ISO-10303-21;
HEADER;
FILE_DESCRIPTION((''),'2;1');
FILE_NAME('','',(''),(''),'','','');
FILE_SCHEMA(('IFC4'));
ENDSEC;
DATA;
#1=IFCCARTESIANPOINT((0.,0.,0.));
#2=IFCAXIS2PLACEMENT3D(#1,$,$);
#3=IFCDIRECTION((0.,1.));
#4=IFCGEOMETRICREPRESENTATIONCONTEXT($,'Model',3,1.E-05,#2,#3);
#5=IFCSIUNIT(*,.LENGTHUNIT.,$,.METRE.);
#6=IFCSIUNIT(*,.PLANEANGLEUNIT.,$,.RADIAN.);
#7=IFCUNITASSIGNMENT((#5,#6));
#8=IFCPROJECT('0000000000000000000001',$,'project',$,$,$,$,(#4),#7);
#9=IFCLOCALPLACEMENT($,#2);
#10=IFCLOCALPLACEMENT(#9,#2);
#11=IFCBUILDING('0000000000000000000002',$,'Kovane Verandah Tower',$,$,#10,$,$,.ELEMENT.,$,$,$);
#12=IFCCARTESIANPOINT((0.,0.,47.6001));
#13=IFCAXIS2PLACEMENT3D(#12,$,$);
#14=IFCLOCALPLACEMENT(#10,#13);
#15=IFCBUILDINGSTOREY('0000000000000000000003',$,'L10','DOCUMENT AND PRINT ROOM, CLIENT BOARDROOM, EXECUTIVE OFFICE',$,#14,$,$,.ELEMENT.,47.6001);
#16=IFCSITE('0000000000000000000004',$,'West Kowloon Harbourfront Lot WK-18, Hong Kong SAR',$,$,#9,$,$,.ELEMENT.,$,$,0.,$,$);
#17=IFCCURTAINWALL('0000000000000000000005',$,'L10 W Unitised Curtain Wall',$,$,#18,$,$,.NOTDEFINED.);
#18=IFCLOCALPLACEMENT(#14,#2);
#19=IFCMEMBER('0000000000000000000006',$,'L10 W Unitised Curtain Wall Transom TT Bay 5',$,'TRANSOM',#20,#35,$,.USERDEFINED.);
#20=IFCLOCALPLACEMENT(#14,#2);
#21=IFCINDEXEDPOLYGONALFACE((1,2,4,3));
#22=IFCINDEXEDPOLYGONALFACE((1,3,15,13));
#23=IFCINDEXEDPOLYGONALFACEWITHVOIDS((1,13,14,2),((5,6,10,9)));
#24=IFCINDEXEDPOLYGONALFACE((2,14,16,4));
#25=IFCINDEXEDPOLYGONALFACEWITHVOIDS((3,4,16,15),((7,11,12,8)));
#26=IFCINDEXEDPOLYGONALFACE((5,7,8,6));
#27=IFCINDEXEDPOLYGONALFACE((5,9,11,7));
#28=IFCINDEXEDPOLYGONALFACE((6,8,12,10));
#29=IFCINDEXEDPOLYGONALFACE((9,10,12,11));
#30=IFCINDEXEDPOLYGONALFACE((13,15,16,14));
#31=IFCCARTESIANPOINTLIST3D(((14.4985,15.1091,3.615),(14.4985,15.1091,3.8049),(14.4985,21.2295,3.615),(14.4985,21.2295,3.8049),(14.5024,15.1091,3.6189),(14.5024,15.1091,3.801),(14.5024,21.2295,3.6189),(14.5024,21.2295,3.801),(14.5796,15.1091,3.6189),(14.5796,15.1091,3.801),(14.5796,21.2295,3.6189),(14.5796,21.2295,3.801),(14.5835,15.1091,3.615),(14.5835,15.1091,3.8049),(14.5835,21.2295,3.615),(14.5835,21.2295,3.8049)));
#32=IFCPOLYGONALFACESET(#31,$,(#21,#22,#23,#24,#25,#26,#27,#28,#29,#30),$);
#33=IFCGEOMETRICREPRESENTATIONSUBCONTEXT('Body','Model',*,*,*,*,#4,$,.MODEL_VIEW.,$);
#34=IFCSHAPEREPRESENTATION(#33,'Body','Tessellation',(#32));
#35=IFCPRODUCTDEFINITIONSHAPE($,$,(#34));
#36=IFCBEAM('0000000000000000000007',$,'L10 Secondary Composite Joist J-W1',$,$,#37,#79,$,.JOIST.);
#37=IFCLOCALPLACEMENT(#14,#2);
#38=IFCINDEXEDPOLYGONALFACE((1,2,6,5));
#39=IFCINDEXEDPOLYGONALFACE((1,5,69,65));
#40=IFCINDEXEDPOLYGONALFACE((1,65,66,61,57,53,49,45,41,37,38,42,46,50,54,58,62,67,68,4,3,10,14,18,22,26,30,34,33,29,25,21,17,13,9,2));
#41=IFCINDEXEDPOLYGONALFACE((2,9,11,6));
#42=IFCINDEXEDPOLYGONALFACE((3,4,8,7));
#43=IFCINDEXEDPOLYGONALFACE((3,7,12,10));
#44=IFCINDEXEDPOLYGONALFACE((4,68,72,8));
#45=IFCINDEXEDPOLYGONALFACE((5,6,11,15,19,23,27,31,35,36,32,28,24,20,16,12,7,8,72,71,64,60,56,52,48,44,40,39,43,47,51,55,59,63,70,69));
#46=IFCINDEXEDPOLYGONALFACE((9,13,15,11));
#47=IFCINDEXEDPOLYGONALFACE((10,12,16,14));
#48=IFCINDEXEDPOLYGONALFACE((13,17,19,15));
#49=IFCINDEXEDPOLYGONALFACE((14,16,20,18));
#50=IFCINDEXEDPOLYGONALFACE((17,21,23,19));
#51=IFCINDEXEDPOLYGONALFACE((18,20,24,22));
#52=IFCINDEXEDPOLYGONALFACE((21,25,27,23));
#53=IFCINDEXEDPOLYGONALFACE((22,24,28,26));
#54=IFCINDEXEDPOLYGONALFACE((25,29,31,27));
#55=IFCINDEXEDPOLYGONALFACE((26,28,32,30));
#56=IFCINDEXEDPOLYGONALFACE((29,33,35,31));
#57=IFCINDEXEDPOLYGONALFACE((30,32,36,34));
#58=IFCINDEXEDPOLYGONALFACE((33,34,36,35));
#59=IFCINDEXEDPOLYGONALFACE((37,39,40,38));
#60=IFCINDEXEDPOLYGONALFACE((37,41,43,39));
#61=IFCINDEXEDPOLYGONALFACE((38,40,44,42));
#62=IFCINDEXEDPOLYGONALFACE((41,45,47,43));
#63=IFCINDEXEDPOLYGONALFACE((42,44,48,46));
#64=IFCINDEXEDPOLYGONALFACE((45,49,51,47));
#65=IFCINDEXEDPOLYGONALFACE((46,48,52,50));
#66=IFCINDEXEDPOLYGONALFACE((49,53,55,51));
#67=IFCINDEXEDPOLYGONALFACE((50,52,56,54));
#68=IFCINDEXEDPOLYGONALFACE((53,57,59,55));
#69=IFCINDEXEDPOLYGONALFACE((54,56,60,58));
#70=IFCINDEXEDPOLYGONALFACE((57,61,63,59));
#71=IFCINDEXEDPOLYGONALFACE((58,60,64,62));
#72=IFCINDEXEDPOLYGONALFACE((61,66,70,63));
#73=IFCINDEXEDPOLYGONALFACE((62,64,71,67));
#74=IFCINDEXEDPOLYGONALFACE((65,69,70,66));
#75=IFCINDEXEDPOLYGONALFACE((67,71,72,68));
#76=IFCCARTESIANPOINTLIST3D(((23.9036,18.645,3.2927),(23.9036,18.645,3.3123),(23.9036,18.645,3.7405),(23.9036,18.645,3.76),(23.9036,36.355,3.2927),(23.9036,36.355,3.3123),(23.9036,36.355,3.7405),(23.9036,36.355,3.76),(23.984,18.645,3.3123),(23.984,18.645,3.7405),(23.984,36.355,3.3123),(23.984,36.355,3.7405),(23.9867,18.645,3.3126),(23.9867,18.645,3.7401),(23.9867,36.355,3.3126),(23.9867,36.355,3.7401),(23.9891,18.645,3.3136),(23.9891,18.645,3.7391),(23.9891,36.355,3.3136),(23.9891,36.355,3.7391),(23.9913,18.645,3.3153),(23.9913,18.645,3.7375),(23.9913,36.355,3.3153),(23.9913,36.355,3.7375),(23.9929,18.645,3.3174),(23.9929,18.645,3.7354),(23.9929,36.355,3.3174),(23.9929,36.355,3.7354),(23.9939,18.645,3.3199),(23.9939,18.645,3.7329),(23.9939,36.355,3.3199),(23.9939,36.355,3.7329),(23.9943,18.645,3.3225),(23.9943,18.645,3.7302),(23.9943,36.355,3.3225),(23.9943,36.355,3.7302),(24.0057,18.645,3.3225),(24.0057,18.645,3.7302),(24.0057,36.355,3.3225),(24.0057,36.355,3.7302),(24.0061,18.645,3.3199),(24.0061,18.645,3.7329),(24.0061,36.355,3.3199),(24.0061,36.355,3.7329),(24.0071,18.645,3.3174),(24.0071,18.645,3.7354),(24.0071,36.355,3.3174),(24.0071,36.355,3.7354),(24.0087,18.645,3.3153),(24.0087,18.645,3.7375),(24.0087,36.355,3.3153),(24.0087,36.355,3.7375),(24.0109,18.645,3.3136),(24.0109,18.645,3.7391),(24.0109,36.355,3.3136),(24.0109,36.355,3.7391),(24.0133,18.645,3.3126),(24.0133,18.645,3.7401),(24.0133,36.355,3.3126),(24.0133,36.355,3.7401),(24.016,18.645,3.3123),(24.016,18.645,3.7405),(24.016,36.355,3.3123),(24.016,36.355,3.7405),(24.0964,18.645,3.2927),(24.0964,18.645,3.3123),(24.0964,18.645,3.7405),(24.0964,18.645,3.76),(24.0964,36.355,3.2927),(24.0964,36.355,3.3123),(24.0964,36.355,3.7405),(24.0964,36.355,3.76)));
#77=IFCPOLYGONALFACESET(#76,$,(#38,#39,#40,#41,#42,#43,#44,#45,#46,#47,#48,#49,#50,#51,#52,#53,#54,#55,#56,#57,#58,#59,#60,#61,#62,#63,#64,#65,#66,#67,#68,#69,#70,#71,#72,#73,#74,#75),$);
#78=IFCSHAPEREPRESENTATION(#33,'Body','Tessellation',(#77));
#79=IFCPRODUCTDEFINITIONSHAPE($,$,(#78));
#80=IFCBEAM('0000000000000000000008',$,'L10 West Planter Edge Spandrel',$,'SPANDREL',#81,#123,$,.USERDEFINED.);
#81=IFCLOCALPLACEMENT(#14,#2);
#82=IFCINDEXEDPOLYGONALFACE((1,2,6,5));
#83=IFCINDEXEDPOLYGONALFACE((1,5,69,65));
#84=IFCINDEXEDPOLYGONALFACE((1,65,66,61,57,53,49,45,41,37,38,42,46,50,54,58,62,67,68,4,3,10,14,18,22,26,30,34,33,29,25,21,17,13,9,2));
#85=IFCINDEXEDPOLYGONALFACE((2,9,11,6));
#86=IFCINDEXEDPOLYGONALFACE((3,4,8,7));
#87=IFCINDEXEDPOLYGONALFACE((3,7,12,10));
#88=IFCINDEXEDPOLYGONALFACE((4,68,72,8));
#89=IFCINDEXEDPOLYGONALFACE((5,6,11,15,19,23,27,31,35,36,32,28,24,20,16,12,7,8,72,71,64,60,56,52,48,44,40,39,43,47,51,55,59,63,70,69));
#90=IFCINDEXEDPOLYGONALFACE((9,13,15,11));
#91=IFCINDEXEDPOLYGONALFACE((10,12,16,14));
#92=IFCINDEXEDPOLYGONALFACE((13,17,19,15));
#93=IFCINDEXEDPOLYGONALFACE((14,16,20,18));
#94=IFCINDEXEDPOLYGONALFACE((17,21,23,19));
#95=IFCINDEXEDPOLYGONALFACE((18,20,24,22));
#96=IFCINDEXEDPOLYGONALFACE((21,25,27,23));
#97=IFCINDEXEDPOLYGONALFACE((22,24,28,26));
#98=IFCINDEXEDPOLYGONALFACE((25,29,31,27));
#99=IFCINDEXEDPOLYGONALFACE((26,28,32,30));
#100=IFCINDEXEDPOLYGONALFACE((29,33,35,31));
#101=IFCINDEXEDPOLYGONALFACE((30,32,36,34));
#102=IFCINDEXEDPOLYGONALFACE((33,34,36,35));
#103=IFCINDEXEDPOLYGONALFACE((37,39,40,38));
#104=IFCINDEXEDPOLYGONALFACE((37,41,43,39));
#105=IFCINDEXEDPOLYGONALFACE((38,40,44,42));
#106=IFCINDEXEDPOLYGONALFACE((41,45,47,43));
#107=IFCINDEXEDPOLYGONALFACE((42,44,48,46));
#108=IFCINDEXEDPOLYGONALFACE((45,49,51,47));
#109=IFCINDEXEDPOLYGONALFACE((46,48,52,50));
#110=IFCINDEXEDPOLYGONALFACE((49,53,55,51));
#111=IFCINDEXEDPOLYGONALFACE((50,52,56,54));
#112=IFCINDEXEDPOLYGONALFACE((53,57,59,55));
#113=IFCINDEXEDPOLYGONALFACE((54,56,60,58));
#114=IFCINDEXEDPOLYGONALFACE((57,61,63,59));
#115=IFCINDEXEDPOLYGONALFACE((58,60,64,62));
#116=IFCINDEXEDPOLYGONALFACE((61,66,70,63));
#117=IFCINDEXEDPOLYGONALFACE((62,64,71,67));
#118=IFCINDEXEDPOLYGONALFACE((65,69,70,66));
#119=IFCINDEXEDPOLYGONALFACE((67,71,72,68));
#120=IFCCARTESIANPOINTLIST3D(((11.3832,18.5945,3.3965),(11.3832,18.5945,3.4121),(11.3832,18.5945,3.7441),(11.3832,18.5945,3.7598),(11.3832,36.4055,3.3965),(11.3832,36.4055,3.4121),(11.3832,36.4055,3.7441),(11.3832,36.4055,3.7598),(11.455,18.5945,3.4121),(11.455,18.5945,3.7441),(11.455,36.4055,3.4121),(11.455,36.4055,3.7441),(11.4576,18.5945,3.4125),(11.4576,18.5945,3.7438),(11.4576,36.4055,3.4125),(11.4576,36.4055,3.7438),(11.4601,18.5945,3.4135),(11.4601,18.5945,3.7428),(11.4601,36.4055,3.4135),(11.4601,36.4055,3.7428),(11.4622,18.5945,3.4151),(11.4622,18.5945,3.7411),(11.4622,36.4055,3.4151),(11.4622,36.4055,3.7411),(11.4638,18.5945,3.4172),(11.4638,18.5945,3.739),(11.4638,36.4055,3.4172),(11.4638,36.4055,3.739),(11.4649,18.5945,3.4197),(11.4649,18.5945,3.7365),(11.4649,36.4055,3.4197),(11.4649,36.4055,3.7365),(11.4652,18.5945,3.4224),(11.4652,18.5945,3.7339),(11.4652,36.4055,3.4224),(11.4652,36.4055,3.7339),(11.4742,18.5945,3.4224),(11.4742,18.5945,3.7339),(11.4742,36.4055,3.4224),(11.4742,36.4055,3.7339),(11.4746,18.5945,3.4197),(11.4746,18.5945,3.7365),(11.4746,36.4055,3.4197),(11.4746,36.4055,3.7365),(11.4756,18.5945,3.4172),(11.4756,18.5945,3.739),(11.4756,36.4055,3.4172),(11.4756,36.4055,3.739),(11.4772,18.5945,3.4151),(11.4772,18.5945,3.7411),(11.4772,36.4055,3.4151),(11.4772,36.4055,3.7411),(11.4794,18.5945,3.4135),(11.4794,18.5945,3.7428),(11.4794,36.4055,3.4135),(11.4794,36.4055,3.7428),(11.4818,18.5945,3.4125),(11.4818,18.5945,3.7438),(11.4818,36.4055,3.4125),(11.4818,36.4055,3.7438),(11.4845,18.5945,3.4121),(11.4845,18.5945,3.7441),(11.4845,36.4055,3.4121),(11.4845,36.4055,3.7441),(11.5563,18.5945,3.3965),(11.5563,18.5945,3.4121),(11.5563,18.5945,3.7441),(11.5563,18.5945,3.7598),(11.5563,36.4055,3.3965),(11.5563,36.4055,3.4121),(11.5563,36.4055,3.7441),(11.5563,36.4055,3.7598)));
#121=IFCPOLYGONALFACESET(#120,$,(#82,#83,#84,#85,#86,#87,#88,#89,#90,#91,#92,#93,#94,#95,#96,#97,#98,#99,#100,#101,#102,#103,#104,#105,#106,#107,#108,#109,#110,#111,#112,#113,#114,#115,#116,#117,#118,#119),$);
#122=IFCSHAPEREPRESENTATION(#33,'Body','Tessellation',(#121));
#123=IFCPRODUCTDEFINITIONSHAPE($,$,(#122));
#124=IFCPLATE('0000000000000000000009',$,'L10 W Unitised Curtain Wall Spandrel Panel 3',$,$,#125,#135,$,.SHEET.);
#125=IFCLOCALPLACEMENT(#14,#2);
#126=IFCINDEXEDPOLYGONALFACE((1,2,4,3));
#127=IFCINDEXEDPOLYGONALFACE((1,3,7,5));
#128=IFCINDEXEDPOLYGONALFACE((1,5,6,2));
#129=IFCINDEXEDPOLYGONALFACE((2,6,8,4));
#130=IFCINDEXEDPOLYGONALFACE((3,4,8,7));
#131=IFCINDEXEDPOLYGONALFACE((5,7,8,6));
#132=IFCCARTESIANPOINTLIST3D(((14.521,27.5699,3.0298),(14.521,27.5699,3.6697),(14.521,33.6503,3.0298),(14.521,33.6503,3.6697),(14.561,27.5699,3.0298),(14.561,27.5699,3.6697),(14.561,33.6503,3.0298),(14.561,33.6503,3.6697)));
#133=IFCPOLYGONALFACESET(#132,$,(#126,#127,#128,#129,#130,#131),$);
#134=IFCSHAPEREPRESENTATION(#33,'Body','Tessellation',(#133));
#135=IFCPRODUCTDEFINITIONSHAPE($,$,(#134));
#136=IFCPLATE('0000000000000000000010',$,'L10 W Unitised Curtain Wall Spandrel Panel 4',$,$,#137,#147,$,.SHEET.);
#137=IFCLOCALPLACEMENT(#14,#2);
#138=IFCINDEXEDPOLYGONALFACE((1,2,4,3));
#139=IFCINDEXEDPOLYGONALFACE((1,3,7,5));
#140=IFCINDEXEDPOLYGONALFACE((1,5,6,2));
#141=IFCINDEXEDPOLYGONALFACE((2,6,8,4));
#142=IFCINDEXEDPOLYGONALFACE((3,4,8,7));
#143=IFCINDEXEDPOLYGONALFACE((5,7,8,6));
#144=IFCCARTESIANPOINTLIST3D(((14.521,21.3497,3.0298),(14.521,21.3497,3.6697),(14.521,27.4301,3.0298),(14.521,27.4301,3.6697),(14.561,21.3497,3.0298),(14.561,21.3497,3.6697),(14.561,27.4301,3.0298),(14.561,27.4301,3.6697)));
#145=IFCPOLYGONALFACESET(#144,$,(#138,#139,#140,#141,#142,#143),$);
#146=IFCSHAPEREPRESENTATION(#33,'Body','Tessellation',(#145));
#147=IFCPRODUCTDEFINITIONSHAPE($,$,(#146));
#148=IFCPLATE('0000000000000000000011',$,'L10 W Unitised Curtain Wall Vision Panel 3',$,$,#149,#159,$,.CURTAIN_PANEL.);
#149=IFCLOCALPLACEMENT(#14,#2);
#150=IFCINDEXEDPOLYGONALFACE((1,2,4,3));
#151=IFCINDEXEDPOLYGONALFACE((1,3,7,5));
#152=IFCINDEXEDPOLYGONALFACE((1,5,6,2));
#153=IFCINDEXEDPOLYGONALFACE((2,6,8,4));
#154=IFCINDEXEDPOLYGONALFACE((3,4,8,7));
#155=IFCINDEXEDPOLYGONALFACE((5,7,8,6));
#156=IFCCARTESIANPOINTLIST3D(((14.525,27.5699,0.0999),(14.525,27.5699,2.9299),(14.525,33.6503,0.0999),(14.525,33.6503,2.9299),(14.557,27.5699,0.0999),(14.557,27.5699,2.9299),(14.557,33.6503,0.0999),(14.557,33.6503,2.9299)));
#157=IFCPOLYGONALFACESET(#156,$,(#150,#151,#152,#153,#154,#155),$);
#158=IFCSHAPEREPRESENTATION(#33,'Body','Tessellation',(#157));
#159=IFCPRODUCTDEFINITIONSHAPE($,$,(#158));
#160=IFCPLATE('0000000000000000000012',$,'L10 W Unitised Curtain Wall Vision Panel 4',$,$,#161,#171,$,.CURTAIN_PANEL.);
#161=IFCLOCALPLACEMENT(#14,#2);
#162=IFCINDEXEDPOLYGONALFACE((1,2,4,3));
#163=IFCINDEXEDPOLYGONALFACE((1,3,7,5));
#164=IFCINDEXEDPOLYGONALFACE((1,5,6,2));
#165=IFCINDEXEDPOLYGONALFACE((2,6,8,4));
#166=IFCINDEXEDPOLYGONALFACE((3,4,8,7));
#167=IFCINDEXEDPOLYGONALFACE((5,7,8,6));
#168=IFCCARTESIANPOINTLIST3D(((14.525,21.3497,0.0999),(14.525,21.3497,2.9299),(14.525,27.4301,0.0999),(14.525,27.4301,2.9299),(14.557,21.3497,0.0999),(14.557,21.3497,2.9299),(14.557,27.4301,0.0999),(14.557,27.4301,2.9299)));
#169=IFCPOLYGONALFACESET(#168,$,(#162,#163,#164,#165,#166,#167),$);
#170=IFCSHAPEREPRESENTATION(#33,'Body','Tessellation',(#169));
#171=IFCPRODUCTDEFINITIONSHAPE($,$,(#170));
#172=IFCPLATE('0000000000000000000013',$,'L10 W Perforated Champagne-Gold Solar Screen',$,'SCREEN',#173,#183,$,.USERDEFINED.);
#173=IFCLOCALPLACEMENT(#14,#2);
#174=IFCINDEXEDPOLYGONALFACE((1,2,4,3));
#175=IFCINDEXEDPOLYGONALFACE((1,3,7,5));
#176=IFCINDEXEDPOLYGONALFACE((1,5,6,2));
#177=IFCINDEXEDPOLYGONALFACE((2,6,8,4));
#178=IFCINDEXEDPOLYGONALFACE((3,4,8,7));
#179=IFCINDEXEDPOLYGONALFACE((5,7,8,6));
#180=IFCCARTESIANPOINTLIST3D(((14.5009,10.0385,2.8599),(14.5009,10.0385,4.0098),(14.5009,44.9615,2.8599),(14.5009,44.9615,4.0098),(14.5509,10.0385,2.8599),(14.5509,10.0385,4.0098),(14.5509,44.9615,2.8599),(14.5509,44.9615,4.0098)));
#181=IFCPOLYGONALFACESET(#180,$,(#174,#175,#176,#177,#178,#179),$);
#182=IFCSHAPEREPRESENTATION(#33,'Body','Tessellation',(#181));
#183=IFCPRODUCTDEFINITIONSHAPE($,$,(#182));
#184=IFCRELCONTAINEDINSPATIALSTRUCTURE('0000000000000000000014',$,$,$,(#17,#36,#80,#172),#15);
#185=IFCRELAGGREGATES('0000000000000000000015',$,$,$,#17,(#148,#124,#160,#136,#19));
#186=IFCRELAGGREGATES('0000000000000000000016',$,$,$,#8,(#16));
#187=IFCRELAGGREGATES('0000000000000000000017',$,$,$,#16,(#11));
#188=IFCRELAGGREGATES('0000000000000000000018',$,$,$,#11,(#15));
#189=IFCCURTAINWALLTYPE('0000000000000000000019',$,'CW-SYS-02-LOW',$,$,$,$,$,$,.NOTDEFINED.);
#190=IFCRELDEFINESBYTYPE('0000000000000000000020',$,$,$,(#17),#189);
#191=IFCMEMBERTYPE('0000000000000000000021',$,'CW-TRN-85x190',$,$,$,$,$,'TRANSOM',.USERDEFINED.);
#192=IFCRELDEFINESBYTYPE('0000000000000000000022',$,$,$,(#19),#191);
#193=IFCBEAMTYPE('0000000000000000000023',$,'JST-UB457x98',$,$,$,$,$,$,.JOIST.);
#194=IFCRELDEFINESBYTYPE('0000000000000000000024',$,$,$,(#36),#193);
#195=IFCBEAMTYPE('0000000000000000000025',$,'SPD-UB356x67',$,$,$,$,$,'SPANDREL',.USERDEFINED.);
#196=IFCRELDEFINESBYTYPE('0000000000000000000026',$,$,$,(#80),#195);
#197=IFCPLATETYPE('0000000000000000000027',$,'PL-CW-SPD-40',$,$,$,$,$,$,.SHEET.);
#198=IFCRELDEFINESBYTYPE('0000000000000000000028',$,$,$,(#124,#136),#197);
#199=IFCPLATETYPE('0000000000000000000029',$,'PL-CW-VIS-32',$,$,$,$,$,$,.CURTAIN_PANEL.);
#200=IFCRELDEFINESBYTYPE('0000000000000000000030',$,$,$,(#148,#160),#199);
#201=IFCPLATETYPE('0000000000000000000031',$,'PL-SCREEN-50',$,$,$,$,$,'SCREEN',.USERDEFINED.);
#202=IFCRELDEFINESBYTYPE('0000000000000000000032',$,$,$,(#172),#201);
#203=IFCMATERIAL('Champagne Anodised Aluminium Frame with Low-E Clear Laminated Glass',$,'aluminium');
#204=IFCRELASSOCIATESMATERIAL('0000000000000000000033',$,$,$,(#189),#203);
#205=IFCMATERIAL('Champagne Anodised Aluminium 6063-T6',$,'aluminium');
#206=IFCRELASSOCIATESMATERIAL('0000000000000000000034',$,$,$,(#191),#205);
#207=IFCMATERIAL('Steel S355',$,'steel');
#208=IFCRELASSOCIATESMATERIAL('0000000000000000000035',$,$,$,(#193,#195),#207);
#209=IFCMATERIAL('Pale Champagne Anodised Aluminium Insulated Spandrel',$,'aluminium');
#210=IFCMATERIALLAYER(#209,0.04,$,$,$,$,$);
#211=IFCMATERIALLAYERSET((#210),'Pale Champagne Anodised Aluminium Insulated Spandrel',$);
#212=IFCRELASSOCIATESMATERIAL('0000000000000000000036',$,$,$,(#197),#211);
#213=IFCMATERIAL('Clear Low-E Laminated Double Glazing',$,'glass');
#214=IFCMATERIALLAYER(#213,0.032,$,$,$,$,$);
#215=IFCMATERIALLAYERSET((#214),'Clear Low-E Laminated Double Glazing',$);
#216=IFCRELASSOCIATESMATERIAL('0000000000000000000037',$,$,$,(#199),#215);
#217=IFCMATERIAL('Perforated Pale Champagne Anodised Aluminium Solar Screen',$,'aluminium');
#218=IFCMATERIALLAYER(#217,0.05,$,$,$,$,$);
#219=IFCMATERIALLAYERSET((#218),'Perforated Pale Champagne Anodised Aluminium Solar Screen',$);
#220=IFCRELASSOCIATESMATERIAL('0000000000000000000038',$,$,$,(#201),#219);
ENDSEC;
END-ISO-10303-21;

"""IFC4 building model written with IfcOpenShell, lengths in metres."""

from ifc_helpers import new_model, si_unit, direction, frame, origin, origin_2d, place, context, subcontext, project, spatial, rectangle, hollow_rectangle, i_section, extrude, material, layer, layer_set, material_profile, profile_set, type_object, element, aggregate, save


model = new_model("IFC4")

# Units and contexts
model_context = context("Model", 3, precision=1e-05, world=origin(), true_north=direction((0.0, 1.0)))
body_context = subcontext(model_context, "Body", "Model", "MODEL_VIEW")
ifc_project = project(units=[si_unit("LENGTHUNIT", "METRE"), si_unit("PLANEANGLEUNIT", "RADIAN")], contexts=[model_context])

# Site, building, storey
site_placement = place(None, origin())
site = spatial("IfcSite", under=ifc_project, at=site_placement, Name="West Kowloon Harbourfront Lot WK-18, Hong Kong SAR", CompositionType="ELEMENT", RefElevation=0.0)
building_placement = place(site_placement, origin())
building = spatial("IfcBuilding", under=site, at=building_placement, Name="Kovane Verandah Tower", CompositionType="ELEMENT")
storey_placement = place(building_placement, frame((0.0, 0.0, 47.6001)))
storey = spatial("IfcBuildingStorey", under=building, at=storey_placement, Name="L10", Description="DOCUMENT AND PRINT ROOM, CLIENT BOARDROOM, EXECUTIVE OFFICE", CompositionType="ELEMENT", Elevation=47.6001)

# Shared definitions
ifc_material_1 = material(Name="Steel S355", Category="steel")

# Curtain wall, member
ifc_material_2 = material(Name="Champagne Anodised Aluminium Frame with Low-E Clear Laminated Glass", Category="aluminium")
curtain_wall_type = type_object("IfcCurtainWallType", Name="CW-SYS-02-LOW", PredefinedType="NOTDEFINED", material=ifc_material_2)
curtain_wall_placement = place(storey_placement, origin())
curtain_wall = element("IfcCurtainWall", 1, at=curtain_wall_placement, inside=storey, type_object=curtain_wall_type, Name="L10 W Unitised Curtain Wall", PredefinedType="NOTDEFINED")
ifc_material_3 = material(Name="Champagne Anodised Aluminium 6063-T6", Category="aluminium")
ifc_material_profile_1 = material_profile(ifc_material_3, hollow_rectangle(XDim=0.085, YDim=0.1899, WallThickness=0.0039, at=origin_2d()), Name="AL85x190x4")
ifc_profile_set_1 = profile_set([ifc_material_profile_1], Name="Champagne Anodised Aluminium 6063-T6")
member_type_1 = type_object("IfcMemberType", Name="CW-TRN-85x190", ElementType="TRANSOM", PredefinedType="USERDEFINED", material=ifc_profile_set_1)
member_1_placement = place(storey_placement, frame((14.541, 21.2295, 3.71), z_axis=(0.0, -1.0, 0.0), x_axis=(1.0, 0.0, 0.0)))
member_1 = element("IfcMember", 2, at=member_1_placement, type_object=member_type_1, Name="L10 W Unitised Curtain Wall Transom TT Bay 5", ObjectType="TRANSOM", PredefinedType="USERDEFINED", context=body_context, shape_type="SweptSolid", body=[
    extrude(hollow_rectangle(XDim=0.085, YDim=0.1899, WallThickness=0.0039, at=origin_2d()), origin(), (0.0, 0.0, 1.0), 6.1204),
])

# Beams
ifc_material_profile_2 = material_profile(ifc_material_1, i_section(OverallWidth=0.1929, OverallDepth=0.4673, WebThickness=0.0115, FlangeThickness=0.0195, FilletRadius=0.0103, at=origin_2d()), Name="UB457x191x98")
ifc_profile_set_2 = profile_set([ifc_material_profile_2], Name="Steel S355")
beam_type_1 = type_object("IfcBeamType", Name="JST-UB457x98", PredefinedType="JOIST", material=ifc_profile_set_2)
beam_1_placement = place(storey_placement, frame((24.0, 18.645, 3.5264), z_axis=(0.0, 1.0, 0.0), x_axis=(-1.0, 0.0, 0.0)))
element("IfcBeam", 3, at=beam_1_placement, inside=storey, type_object=beam_type_1, Name="L10 Secondary Composite Joist J-W1", PredefinedType="JOIST", context=body_context, shape_type="SweptSolid", body=[
    extrude(i_section(OverallWidth=0.1929, OverallDepth=0.4673, WebThickness=0.0115, FlangeThickness=0.0195, FilletRadius=0.0103, at=origin_2d()), origin(), (0.0, 0.0, 1.0), 17.71),
])
ifc_material_profile_3 = material_profile(ifc_material_1, i_section(OverallWidth=0.1731, OverallDepth=0.3633, WebThickness=0.009, FlangeThickness=0.0156, FilletRadius=0.0103, at=origin_2d()), Name="UB356x171x67")
ifc_profile_set_3 = profile_set([ifc_material_profile_3], Name="Steel S355")
beam_type_2 = type_object("IfcBeamType", Name="SPD-UB356x67", ElementType="SPANDREL", PredefinedType="USERDEFINED", material=ifc_profile_set_3)
beam_2_placement = place(storey_placement, frame((11.4697, 18.5945, 3.5781), z_axis=(0.0, 1.0, 0.0), x_axis=(-1.0, 0.0, 0.0)))
element("IfcBeam", 4, at=beam_2_placement, inside=storey, type_object=beam_type_2, Name="L10 West Planter Edge Spandrel", ObjectType="SPANDREL", PredefinedType="USERDEFINED", context=body_context, shape_type="SweptSolid", body=[
    extrude(i_section(OverallWidth=0.1731, OverallDepth=0.3633, WebThickness=0.009, FlangeThickness=0.0156, FilletRadius=0.0103, at=origin_2d()), origin(), (0.0, 0.0, 1.0), 17.811),
])

# Plates
ifc_material_4 = material(Name="Pale Champagne Anodised Aluminium Insulated Spandrel", Category="aluminium")
ifc_layer_1 = layer(ifc_material_4, 0.04)
ifc_layer_set_1 = layer_set([ifc_layer_1], Name="Pale Champagne Anodised Aluminium Insulated Spandrel")
plate_type_1 = type_object("IfcPlateType", Name="PL-CW-SPD-40", PredefinedType="SHEET", material=ifc_layer_set_1)
plate_1_placement = place(storey_placement, frame((14.541, 30.6101, 3.0298), z_axis=(0.0, 0.0, 1.0), x_axis=(0.0, -1.0, 0.0)))
plate_1 = element("IfcPlate", 5, at=plate_1_placement, type_object=plate_type_1, Name="L10 W Unitised Curtain Wall Spandrel Panel 3", PredefinedType="SHEET", context=body_context, shape_type="SweptSolid", body=[
    extrude(rectangle(XDim=6.0803, YDim=0.04, at=origin_2d()), origin(), (0.0, 0.0, 1.0), 0.6399),
])
plate_2_placement = place(storey_placement, frame((14.541, 24.3899, 3.0298), z_axis=(0.0, 0.0, 1.0), x_axis=(0.0, -1.0, 0.0)))
plate_2 = element("IfcPlate", 6, at=plate_2_placement, type_object=plate_type_1, Name="L10 W Unitised Curtain Wall Spandrel Panel 4", PredefinedType="SHEET", context=body_context, shape_type="SweptSolid", body=[
    extrude(rectangle(XDim=6.0803, YDim=0.04, at=origin_2d()), origin(), (0.0, 0.0, 1.0), 0.6399),
])
ifc_material_5 = material(Name="Clear Low-E Laminated Double Glazing", Category="glass")
ifc_layer_2 = layer(ifc_material_5, 0.032)
ifc_layer_set_2 = layer_set([ifc_layer_2], Name="Clear Low-E Laminated Double Glazing")
plate_type_2 = type_object("IfcPlateType", Name="PL-CW-VIS-32", PredefinedType="CURTAIN_PANEL", material=ifc_layer_set_2)
plate_3_placement = place(storey_placement, frame((14.541, 30.6101, 0.0999), z_axis=(0.0, 0.0, 1.0), x_axis=(0.0, -1.0, 0.0)))
plate_3 = element("IfcPlate", 7, at=plate_3_placement, type_object=plate_type_2, Name="L10 W Unitised Curtain Wall Vision Panel 3", PredefinedType="CURTAIN_PANEL", context=body_context, shape_type="SweptSolid", body=[
    extrude(rectangle(XDim=6.0803, YDim=0.032, at=origin_2d()), origin(), (0.0, 0.0, 1.0), 2.8301),
])
plate_4_placement = place(storey_placement, frame((14.541, 24.3899, 0.0999), z_axis=(0.0, 0.0, 1.0), x_axis=(0.0, -1.0, 0.0)))
plate_4 = element("IfcPlate", 8, at=plate_4_placement, type_object=plate_type_2, Name="L10 W Unitised Curtain Wall Vision Panel 4", PredefinedType="CURTAIN_PANEL", context=body_context, shape_type="SweptSolid", body=[
    extrude(rectangle(XDim=6.0803, YDim=0.032, at=origin_2d()), origin(), (0.0, 0.0, 1.0), 2.8301),
])
aggregate(curtain_wall, [plate_3, plate_1, plate_4, plate_2, member_1])

# Plate
ifc_material_6 = material(Name="Perforated Pale Champagne Anodised Aluminium Solar Screen", Category="aluminium")
ifc_layer_3 = layer(ifc_material_6, 0.05)
ifc_layer_set_3 = layer_set([ifc_layer_3], Name="Perforated Pale Champagne Anodised Aluminium Solar Screen")
plate_type_3 = type_object("IfcPlateType", Name="PL-SCREEN-50", ElementType="SCREEN", PredefinedType="USERDEFINED", material=ifc_layer_set_3)
plate_5_placement = place(storey_placement, frame((14.5259, 27.5, 2.8599), z_axis=(0.0, 0.0, 1.0), x_axis=(0.0, -1.0, 0.0)))
element("IfcPlate", 9, at=plate_5_placement, inside=storey, type_object=plate_type_3, Name="L10 W Perforated Champagne-Gold Solar Screen", ObjectType="SCREEN", PredefinedType="USERDEFINED", context=body_context, shape_type="SweptSolid", body=[
    extrude(rectangle(XDim=34.9231, YDim=0.05, at=origin_2d()), origin(), (0.0, 0.0, 1.0), 1.1499),
])

save(model, "model.ifc")
